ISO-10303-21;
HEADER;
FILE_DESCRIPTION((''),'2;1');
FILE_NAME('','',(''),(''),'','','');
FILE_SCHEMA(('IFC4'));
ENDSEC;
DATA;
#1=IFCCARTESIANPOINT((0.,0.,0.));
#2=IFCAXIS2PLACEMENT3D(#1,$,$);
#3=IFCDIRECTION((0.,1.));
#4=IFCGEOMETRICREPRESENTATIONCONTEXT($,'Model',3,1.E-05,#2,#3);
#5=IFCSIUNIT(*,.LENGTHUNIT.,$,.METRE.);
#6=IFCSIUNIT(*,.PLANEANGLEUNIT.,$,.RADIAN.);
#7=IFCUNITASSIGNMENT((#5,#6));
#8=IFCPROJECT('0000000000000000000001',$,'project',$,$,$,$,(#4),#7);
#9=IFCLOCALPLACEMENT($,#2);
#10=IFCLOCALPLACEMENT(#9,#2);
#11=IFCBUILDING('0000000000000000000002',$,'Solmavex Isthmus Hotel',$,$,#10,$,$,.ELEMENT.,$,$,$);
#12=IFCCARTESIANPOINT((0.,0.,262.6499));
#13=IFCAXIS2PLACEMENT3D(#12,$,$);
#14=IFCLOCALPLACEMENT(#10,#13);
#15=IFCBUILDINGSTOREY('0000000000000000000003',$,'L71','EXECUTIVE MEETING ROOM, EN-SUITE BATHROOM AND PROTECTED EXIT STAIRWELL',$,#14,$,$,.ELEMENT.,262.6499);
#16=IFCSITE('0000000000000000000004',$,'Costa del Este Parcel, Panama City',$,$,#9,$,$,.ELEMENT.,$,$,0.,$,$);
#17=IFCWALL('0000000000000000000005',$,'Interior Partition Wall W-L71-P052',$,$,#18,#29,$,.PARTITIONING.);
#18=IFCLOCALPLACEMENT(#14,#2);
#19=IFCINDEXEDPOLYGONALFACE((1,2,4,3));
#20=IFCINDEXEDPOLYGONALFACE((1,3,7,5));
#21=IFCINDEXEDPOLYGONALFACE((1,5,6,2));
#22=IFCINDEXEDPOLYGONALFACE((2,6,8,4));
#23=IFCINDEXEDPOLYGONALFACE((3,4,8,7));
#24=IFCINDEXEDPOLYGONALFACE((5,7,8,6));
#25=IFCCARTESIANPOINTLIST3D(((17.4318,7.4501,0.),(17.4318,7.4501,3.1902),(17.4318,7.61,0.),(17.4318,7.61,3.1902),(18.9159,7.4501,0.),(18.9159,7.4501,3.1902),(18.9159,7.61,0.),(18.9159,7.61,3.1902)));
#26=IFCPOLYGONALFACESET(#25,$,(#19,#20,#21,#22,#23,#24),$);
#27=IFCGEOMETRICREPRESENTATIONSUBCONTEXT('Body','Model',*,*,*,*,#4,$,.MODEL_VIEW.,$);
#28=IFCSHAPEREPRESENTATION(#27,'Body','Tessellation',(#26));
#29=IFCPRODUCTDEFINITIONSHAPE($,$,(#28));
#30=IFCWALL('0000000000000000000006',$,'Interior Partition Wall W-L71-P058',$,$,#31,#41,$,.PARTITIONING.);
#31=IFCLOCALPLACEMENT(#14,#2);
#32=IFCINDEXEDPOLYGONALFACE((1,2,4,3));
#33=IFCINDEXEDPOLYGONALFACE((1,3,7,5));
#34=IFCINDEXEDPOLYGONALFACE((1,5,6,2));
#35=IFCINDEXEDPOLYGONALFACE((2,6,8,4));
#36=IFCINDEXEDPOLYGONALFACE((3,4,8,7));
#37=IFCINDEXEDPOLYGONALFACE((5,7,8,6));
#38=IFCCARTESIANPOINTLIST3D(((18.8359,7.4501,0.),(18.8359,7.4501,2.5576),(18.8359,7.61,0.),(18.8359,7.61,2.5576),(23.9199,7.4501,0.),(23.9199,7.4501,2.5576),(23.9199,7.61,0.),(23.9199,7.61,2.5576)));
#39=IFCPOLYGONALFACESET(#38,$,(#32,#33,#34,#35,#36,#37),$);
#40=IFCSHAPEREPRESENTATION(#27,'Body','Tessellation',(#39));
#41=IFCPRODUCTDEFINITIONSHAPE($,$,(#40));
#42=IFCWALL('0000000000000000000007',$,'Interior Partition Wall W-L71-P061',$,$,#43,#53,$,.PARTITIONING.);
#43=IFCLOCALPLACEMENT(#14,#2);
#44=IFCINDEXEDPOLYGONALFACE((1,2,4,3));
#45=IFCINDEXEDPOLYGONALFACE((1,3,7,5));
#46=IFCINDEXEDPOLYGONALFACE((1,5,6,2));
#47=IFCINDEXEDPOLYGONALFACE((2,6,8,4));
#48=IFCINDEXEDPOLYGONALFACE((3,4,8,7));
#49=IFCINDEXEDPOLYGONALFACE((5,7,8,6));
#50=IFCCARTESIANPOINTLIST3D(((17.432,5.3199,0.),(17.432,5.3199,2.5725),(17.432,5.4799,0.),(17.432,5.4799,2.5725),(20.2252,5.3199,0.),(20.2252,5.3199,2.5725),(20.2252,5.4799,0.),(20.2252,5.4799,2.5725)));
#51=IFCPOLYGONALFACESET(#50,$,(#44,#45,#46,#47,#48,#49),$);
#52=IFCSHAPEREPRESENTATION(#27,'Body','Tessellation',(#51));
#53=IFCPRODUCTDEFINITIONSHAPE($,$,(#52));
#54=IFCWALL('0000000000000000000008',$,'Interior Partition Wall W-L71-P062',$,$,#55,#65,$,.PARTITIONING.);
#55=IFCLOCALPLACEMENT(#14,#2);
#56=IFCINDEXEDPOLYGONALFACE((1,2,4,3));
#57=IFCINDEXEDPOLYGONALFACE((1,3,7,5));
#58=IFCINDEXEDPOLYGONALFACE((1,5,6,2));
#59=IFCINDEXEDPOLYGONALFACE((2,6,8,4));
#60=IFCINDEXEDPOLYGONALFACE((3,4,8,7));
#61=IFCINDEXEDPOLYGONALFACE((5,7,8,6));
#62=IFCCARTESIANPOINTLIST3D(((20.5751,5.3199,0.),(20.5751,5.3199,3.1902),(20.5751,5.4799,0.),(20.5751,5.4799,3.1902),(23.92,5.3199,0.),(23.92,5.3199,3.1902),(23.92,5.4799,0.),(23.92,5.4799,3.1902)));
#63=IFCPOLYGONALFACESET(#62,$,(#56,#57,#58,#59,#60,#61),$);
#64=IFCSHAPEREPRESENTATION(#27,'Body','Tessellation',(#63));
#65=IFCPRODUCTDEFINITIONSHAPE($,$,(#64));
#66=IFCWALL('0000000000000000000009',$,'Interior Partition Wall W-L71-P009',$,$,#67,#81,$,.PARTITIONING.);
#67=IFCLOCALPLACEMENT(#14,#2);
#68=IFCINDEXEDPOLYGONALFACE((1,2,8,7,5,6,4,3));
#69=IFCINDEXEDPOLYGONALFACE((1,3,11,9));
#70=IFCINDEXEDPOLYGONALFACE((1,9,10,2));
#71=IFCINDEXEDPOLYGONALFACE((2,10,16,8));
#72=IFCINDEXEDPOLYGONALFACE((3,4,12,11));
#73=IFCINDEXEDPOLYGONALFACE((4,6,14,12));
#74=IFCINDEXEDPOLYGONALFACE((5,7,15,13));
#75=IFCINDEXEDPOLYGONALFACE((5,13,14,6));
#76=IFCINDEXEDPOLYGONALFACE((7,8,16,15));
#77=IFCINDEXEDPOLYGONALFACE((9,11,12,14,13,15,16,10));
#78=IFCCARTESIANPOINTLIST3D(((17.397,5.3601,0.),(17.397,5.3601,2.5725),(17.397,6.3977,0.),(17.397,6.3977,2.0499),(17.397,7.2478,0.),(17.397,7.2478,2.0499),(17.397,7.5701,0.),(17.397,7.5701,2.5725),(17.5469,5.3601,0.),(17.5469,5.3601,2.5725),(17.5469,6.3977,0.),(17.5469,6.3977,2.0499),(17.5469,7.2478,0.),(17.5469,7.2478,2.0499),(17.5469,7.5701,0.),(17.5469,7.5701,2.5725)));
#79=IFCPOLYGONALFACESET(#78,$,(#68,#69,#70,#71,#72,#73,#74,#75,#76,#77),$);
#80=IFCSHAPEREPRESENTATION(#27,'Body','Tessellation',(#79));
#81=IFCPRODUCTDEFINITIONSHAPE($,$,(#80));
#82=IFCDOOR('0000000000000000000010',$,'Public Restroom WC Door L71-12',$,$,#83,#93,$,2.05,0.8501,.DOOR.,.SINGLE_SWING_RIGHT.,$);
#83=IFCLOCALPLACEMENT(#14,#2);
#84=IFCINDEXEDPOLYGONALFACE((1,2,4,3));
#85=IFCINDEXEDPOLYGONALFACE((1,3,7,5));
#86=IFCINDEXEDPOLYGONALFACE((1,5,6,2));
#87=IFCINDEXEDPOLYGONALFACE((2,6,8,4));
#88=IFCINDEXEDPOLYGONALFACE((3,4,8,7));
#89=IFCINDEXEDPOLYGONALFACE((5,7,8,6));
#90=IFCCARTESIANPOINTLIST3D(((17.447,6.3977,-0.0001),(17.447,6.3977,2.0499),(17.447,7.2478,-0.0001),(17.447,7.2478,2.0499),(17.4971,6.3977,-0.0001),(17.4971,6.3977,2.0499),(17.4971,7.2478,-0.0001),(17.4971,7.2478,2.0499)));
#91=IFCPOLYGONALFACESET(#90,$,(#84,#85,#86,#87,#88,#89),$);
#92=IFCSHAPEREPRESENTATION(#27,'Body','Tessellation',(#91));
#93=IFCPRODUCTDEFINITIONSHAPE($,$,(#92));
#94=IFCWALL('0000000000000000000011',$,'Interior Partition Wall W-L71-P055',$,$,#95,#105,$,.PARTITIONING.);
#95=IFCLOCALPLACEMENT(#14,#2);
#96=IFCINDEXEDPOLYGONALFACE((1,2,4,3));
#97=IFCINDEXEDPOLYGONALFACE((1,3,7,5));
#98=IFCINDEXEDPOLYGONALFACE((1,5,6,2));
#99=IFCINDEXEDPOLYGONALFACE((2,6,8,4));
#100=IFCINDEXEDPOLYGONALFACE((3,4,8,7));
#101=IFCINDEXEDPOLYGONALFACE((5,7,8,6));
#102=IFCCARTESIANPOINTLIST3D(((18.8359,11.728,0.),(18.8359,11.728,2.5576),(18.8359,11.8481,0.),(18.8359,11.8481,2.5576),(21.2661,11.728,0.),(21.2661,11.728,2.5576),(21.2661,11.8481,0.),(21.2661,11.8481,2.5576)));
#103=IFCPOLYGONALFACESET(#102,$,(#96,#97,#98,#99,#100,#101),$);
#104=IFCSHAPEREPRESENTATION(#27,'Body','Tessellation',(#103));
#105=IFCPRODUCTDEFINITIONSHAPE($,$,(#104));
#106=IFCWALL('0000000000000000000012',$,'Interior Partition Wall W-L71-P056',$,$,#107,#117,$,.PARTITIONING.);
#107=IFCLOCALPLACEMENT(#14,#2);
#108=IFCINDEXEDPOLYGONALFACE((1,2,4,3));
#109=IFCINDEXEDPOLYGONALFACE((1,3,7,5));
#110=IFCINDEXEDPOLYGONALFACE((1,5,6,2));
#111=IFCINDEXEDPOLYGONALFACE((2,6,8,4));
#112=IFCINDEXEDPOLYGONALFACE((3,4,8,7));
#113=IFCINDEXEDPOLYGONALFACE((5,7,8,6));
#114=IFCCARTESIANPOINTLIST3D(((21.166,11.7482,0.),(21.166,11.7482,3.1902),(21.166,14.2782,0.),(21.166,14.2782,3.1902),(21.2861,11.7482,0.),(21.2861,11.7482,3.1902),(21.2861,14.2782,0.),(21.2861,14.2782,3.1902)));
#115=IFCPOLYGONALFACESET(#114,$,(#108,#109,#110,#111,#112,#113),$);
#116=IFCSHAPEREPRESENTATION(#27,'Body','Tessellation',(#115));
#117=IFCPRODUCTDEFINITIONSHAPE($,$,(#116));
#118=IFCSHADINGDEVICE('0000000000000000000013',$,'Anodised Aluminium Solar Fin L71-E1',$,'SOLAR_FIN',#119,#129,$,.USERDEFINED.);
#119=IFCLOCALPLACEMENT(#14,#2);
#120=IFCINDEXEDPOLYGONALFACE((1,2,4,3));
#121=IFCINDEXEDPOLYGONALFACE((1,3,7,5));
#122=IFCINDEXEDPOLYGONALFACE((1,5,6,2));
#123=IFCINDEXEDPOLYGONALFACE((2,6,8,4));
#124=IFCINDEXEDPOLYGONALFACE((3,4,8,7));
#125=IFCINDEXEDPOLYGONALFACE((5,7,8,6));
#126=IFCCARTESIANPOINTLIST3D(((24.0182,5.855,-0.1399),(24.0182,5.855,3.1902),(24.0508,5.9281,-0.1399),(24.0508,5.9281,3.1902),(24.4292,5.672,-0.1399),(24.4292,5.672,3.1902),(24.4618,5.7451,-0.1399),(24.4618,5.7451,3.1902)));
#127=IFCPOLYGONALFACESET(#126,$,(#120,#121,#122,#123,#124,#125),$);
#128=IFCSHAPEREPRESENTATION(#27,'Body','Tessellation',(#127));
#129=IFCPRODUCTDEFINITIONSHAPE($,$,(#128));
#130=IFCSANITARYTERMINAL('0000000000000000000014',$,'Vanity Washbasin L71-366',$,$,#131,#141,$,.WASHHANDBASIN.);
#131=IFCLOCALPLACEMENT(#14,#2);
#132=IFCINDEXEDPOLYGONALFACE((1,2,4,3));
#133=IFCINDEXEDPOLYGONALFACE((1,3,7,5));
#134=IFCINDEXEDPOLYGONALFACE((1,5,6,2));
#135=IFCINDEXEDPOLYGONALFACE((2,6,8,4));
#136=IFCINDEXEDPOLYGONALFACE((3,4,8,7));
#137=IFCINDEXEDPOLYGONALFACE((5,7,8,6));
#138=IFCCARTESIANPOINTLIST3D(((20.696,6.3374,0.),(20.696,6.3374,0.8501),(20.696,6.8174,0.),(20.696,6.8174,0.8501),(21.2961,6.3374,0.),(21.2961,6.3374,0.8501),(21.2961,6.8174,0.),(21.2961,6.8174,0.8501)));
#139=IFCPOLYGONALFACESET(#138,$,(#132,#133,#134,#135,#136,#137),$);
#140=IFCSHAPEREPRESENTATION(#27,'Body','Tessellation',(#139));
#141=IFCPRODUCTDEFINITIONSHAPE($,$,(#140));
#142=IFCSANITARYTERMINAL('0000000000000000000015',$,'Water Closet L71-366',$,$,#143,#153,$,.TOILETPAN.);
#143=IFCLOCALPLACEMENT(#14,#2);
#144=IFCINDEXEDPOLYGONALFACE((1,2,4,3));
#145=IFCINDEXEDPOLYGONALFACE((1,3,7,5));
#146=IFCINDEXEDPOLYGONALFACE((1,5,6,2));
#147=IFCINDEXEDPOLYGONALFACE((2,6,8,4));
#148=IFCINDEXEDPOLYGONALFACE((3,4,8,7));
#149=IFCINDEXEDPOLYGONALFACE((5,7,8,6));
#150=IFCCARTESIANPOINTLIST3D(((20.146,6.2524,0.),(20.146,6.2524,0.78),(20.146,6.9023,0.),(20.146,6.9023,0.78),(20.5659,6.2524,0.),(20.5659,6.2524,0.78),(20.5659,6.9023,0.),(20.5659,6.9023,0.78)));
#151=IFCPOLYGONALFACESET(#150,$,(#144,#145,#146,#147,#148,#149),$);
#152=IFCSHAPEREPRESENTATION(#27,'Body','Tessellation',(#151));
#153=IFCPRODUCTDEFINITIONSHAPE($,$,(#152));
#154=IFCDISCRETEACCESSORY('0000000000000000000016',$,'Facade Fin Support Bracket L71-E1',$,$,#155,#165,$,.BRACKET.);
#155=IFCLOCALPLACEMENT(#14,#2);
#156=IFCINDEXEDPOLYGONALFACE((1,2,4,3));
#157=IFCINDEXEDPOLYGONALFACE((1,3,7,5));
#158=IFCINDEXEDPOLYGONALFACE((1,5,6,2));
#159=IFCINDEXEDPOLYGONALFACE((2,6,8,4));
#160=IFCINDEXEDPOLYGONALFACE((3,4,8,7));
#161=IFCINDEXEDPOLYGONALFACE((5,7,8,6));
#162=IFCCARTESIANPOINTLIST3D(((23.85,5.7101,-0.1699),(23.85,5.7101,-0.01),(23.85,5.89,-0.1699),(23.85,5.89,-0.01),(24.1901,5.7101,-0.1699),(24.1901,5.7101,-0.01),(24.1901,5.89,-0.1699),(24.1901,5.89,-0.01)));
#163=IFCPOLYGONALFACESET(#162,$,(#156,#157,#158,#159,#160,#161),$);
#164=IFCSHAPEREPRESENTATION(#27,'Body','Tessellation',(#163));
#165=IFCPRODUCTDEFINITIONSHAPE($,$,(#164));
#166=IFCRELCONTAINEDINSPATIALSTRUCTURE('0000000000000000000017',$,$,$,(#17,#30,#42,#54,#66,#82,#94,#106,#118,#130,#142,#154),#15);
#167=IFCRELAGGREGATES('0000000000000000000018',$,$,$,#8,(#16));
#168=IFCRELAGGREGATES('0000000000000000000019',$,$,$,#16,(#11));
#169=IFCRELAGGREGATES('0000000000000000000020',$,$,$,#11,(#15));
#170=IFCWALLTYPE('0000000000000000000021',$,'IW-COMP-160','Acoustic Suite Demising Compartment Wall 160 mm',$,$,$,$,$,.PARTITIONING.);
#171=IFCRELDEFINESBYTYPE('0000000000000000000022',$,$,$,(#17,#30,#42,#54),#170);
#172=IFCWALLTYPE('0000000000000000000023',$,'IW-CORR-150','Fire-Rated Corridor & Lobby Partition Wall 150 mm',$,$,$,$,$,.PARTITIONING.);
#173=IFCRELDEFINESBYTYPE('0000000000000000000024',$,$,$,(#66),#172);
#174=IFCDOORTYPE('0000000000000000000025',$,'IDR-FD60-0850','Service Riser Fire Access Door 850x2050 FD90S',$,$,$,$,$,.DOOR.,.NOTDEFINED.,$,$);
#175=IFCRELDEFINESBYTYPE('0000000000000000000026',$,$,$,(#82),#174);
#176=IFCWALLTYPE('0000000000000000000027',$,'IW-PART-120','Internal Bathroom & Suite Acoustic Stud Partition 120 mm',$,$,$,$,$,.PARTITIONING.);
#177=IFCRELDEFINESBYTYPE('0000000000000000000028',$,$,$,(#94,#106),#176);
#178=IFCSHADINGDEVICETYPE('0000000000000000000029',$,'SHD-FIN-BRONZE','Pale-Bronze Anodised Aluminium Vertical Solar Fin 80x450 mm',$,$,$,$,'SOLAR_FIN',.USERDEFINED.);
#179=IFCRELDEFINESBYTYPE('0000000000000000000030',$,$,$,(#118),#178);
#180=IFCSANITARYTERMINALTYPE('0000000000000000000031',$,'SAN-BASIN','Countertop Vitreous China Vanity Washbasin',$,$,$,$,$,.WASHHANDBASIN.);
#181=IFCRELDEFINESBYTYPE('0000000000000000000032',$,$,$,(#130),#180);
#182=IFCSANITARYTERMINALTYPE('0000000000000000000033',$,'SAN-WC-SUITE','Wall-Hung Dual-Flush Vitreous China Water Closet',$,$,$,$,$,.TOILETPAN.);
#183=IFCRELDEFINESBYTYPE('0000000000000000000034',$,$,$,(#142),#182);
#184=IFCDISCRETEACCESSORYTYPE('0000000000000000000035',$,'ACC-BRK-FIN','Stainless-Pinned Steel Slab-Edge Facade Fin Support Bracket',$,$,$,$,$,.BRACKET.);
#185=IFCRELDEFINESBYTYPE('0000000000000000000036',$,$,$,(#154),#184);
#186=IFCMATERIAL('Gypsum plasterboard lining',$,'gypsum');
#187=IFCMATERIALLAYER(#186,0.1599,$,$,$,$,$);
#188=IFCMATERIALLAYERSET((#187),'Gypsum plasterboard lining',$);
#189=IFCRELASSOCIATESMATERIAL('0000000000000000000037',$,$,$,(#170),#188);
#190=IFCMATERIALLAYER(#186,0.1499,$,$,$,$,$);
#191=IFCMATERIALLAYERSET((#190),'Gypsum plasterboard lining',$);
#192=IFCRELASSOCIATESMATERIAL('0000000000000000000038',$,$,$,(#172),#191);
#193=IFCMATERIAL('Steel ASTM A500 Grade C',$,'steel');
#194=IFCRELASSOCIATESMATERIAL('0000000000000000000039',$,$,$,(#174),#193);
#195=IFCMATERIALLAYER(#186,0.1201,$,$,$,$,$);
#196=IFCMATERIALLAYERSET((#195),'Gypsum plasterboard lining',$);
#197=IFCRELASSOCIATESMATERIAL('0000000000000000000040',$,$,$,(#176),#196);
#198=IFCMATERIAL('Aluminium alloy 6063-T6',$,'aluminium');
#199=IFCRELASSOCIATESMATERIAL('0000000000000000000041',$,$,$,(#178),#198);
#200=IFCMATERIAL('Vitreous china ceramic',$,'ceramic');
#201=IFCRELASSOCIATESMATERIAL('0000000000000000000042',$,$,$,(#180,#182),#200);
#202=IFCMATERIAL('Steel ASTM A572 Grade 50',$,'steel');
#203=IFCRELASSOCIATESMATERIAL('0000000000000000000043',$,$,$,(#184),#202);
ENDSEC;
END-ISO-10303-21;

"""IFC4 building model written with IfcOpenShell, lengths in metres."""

from ifc_helpers import new_model, si_unit, direction, frame, frame_2d, origin, origin_2d, place, context, subcontext, project, spatial, rectangle, extrude, material, layer, layer_set, type_object, element, fill, save


model = new_model("IFC4")

# Units and contexts
model_context = context("Model", 3, precision=1e-05, world=origin(), true_north=direction((0.0, 1.0)))
body_context = subcontext(model_context, "Body", "Model", "MODEL_VIEW")
ifc_project = project(units=[si_unit("LENGTHUNIT", "METRE"), si_unit("PLANEANGLEUNIT", "RADIAN")], contexts=[model_context])

# Site, building, storey
site_placement = place(None, origin())
site = spatial("IfcSite", under=ifc_project, at=site_placement, Name="Costa del Este Parcel, Panama City", CompositionType="ELEMENT", RefElevation=0.0)
building_placement = place(site_placement, origin())
building = spatial("IfcBuilding", under=site, at=building_placement, Name="Solmavex Isthmus Hotel", CompositionType="ELEMENT")
storey_placement = place(building_placement, frame((0.0, 0.0, 262.6499)))
storey = spatial("IfcBuildingStorey", under=building, at=storey_placement, Name="L71", Description="EXECUTIVE MEETING ROOM, EN-SUITE BATHROOM AND PROTECTED EXIT STAIRWELL", CompositionType="ELEMENT", Elevation=262.6499)

# Shared definitions
ifc_material_1 = material(Name="Aluminium alloy 6063-T6", Category="aluminium")

# Shared definitions
ifc_material_2 = material(Name="Gypsum plasterboard lining", Category="gypsum")
ifc_layer_1 = layer(ifc_material_2, 0.1599)
ifc_layer_set_1 = layer_set([ifc_layer_1], Name="Gypsum plasterboard lining")
wall_type_1 = type_object("IfcWallType", Name="IW-COMP-160", Description="Acoustic Suite Demising Compartment Wall 160 mm", PredefinedType="PARTITIONING", material=ifc_layer_set_1)

# Walls
wall_1_placement = place(storey_placement, frame((18.916, 7.53, 0.0), z_axis=(0.0, 0.0, 1.0), x_axis=(-1.0, 0.0, 0.0)))
element("IfcWall", 1, at=wall_1_placement, inside=storey, type_object=wall_type_1, Name="Interior Partition Wall W-L71-P052", PredefinedType="PARTITIONING", context=body_context, shape_type="SweptSolid", body=[
    extrude(rectangle(XDim=1.4841, YDim=0.1599, at=frame_2d((0.7422, 0.0))), origin(), (0.0, 0.0, 1.0), 3.1902),
])
wall_2_placement = place(storey_placement, frame((23.9199, 7.53, 0.0), z_axis=(0.0, 0.0, 1.0), x_axis=(-1.0, 0.0, 0.0)))
element("IfcWall", 2, at=wall_2_placement, inside=storey, type_object=wall_type_1, Name="Interior Partition Wall W-L71-P058", PredefinedType="PARTITIONING", context=body_context, shape_type="SweptSolid", body=[
    extrude(rectangle(XDim=5.084, YDim=0.1599, at=frame_2d((2.542, 0.0))), origin(), (0.0, 0.0, 1.0), 2.5576),
])
wall_3_placement = place(storey_placement, frame((20.2251, 5.3999, 0.0), z_axis=(0.0, 0.0, 1.0), x_axis=(-1.0, 0.0, 0.0)))
element("IfcWall", 3, at=wall_3_placement, inside=storey, type_object=wall_type_1, Name="Interior Partition Wall W-L71-P061", PredefinedType="PARTITIONING", context=body_context, shape_type="SweptSolid", body=[
    extrude(rectangle(XDim=2.7932, YDim=0.1599, at=frame_2d((1.3965, 0.0))), origin(), (0.0, 0.0, 1.0), 2.5725),
])
wall_4_placement = place(storey_placement, frame((23.9199, 5.3999, 0.0), z_axis=(0.0, 0.0, 1.0), x_axis=(-1.0, 0.0, 0.0)))
element("IfcWall", 4, at=wall_4_placement, inside=storey, type_object=wall_type_1, Name="Interior Partition Wall W-L71-P062", PredefinedType="PARTITIONING", context=body_context, shape_type="SweptSolid", body=[
    extrude(rectangle(XDim=3.345, YDim=0.1599, at=frame_2d((1.6724, 0.0))), origin(), (0.0, 0.0, 1.0), 3.1902),
])

# Wall, opening, door
ifc_layer_2 = layer(ifc_material_2, 0.1499)
ifc_layer_set_2 = layer_set([ifc_layer_2], Name="Gypsum plasterboard lining")
wall_type_2 = type_object("IfcWallType", Name="IW-CORR-150", Description="Fire-Rated Corridor & Lobby Partition Wall 150 mm", PredefinedType="PARTITIONING", material=ifc_layer_set_2)
wall_5_placement = place(storey_placement, frame((17.4719, 7.5701, 0.0), z_axis=(0.0, 0.0, 1.0), x_axis=(0.0, -1.0, 0.0)))
wall_5 = element("IfcWall", 5, at=wall_5_placement, inside=storey, type_object=wall_type_2, Name="Interior Partition Wall W-L71-P009", PredefinedType="PARTITIONING", context=body_context, shape_type="SweptSolid", body=[
    extrude(rectangle(XDim=2.21, YDim=0.1499, at=frame_2d((1.105, 0.0))), origin(), (0.0, 0.0, 1.0), 2.5725),
])
opening_1_placement = place(wall_5_placement, frame((0.3223, 0.0, 0.0)))
opening_1 = element("IfcOpeningElement", 6, at=opening_1_placement, cuts=wall_5, PredefinedType="OPENING", context=body_context, shape_type="SweptSolid", body=[
    extrude(rectangle(XDim=0.8501, YDim=2.05, at=frame_2d((0.425, 1.0249))), frame((0.0, 0.085, 0.0), z_axis=(0.0, -1.0, 0.0), x_axis=(1.0, 0.0, 0.0)), (0.0, 0.0, 1.0), 0.1699),
])
ifc_material_3 = material(Name="Steel ASTM A500 Grade C", Category="steel")
door_type_1 = type_object("IfcDoorType", Name="IDR-FD60-0850", Description="Service Riser Fire Access Door 850x2050 FD90S", OperationType="NOTDEFINED", PredefinedType="DOOR", material=ifc_material_3)
door_1_placement = place(opening_1_placement, frame((0.8501, 0.0, 0.0), z_axis=(0.0, 0.0, 1.0), x_axis=(-1.0, 0.0, 0.0)))
door_1 = element("IfcDoor", 7, at=door_1_placement, inside=storey, type_object=door_type_1, Name="Public Restroom WC Door L71-12", OperationType="SINGLE_SWING_RIGHT", OverallHeight=2.05, OverallWidth=0.8501, PredefinedType="DOOR", context=body_context, shape_type="SweptSolid", body=[
    extrude(rectangle(XDim=0.8501, YDim=2.05, at=frame_2d((0.425, 1.0249))), frame((0.0, 0.0249, 0.0), z_axis=(0.0, -1.0, 0.0), x_axis=(1.0, 0.0, 0.0)), (0.0, 0.0, 1.0), 0.05),
])
fill(opening_1, door_1)

# Walls
ifc_layer_3 = layer(ifc_material_2, 0.1201)
ifc_layer_set_3 = layer_set([ifc_layer_3], Name="Gypsum plasterboard lining")
wall_type_3 = type_object("IfcWallType", Name="IW-PART-120", Description="Internal Bathroom & Suite Acoustic Stud Partition 120 mm", PredefinedType="PARTITIONING", material=ifc_layer_set_3)
wall_6_placement = place(storey_placement, frame((18.8359, 11.7881, 0.0), z_axis=(0.0, 0.0, 1.0), x_axis=(1.0, 0.0, 0.0)))
element("IfcWall", 8, at=wall_6_placement, inside=storey, type_object=wall_type_3, Name="Interior Partition Wall W-L71-P055", PredefinedType="PARTITIONING", context=body_context, shape_type="SweptSolid", body=[
    extrude(rectangle(XDim=2.4302, YDim=0.1201, at=frame_2d((1.2151, 0.0))), origin(), (0.0, 0.0, 1.0), 2.5576),
])
wall_7_placement = place(storey_placement, frame((21.2261, 11.748, 0.0), z_axis=(0.0, 0.0, 1.0), x_axis=(0.0, 1.0, 0.0)))
element("IfcWall", 9, at=wall_7_placement, inside=storey, type_object=wall_type_3, Name="Interior Partition Wall W-L71-P056", PredefinedType="PARTITIONING", context=body_context, shape_type="SweptSolid", body=[
    extrude(rectangle(XDim=2.53, YDim=0.1201, at=frame_2d((1.2651, 0.0))), origin(), (0.0, 0.0, 1.0), 3.1902),
])

# Shading device
shading_device_type = type_object("IfcShadingDeviceType", Name="SHD-FIN-BRONZE", Description="Pale-Bronze Anodised Aluminium Vertical Solar Fin 80x450 mm", ElementType="SOLAR_FIN", PredefinedType="USERDEFINED", material=ifc_material_1)
shading_device_placement = place(storey_placement, frame((24.24, 5.8, -0.1399), z_axis=(0.0, 0.0, 1.0), x_axis=(0.913545, -0.406737, 0.0)))
element("IfcShadingDevice", 10, at=shading_device_placement, inside=storey, type_object=shading_device_type, Name="Anodised Aluminium Solar Fin L71-E1", ObjectType="SOLAR_FIN", PredefinedType="USERDEFINED", context=body_context, shape_type="SweptSolid", body=[
    extrude(rectangle(XDim=0.45, YDim=0.0801, at=origin_2d()), origin(), (0.0, 0.0, 1.0), 3.3301),
])

# Sanitary terminals
ifc_material_4 = material(Name="Vitreous china ceramic", Category="ceramic")
sanitary_terminal_type_1 = type_object("IfcSanitaryTerminalType", Name="SAN-BASIN", Description="Countertop Vitreous China Vanity Washbasin", PredefinedType="WASHHANDBASIN", material=ifc_material_4)
sanitary_terminal_1_placement = place(storey_placement, frame((20.9961, 6.5774, 0.0), z_axis=(0.0, 0.0, 1.0), x_axis=(1.0, 0.0, 0.0)))
element("IfcSanitaryTerminal", 11, at=sanitary_terminal_1_placement, inside=storey, type_object=sanitary_terminal_type_1, Name="Vanity Washbasin L71-366", PredefinedType="WASHHANDBASIN", context=body_context, shape_type="SweptSolid", body=[
    extrude(rectangle(XDim=0.6001, YDim=0.48, at=origin_2d()), origin(), (0.0, 0.0, 1.0), 0.8501),
])
sanitary_terminal_type_2 = type_object("IfcSanitaryTerminalType", Name="SAN-WC-SUITE", Description="Wall-Hung Dual-Flush Vitreous China Water Closet", PredefinedType="TOILETPAN", material=ifc_material_4)
sanitary_terminal_2_placement = place(storey_placement, frame((20.356, 6.5774, 0.0), z_axis=(0.0, 0.0, 1.0), x_axis=(1.0, 0.0, 0.0)))
element("IfcSanitaryTerminal", 12, at=sanitary_terminal_2_placement, inside=storey, type_object=sanitary_terminal_type_2, Name="Water Closet L71-366", PredefinedType="TOILETPAN", context=body_context, shape_type="SweptSolid", body=[
    extrude(rectangle(XDim=0.4199, YDim=0.6499, at=origin_2d()), origin(), (0.0, 0.0, 1.0), 0.78),
])

# Discrete accessory
ifc_material_5 = material(Name="Steel ASTM A572 Grade 50", Category="steel")
discrete_accessory_type = type_object("IfcDiscreteAccessoryType", Name="ACC-BRK-FIN", Description="Stainless-Pinned Steel Slab-Edge Facade Fin Support Bracket", PredefinedType="BRACKET", material=ifc_material_5)
discrete_accessory_placement = place(storey_placement, frame((24.02, 5.8, -0.1699), z_axis=(0.0, 0.0, 1.0), x_axis=(1.0, 0.0, 0.0)))
element("IfcDiscreteAccessory", 13, at=discrete_accessory_placement, inside=storey, type_object=discrete_accessory_type, Name="Facade Fin Support Bracket L71-E1", PredefinedType="BRACKET", context=body_context, shape_type="SweptSolid", body=[
    extrude(rectangle(XDim=0.3401, YDim=0.1799, at=origin_2d()), origin(), (0.0, 0.0, 1.0), 0.1599),
])

save(model, "model.ifc")
